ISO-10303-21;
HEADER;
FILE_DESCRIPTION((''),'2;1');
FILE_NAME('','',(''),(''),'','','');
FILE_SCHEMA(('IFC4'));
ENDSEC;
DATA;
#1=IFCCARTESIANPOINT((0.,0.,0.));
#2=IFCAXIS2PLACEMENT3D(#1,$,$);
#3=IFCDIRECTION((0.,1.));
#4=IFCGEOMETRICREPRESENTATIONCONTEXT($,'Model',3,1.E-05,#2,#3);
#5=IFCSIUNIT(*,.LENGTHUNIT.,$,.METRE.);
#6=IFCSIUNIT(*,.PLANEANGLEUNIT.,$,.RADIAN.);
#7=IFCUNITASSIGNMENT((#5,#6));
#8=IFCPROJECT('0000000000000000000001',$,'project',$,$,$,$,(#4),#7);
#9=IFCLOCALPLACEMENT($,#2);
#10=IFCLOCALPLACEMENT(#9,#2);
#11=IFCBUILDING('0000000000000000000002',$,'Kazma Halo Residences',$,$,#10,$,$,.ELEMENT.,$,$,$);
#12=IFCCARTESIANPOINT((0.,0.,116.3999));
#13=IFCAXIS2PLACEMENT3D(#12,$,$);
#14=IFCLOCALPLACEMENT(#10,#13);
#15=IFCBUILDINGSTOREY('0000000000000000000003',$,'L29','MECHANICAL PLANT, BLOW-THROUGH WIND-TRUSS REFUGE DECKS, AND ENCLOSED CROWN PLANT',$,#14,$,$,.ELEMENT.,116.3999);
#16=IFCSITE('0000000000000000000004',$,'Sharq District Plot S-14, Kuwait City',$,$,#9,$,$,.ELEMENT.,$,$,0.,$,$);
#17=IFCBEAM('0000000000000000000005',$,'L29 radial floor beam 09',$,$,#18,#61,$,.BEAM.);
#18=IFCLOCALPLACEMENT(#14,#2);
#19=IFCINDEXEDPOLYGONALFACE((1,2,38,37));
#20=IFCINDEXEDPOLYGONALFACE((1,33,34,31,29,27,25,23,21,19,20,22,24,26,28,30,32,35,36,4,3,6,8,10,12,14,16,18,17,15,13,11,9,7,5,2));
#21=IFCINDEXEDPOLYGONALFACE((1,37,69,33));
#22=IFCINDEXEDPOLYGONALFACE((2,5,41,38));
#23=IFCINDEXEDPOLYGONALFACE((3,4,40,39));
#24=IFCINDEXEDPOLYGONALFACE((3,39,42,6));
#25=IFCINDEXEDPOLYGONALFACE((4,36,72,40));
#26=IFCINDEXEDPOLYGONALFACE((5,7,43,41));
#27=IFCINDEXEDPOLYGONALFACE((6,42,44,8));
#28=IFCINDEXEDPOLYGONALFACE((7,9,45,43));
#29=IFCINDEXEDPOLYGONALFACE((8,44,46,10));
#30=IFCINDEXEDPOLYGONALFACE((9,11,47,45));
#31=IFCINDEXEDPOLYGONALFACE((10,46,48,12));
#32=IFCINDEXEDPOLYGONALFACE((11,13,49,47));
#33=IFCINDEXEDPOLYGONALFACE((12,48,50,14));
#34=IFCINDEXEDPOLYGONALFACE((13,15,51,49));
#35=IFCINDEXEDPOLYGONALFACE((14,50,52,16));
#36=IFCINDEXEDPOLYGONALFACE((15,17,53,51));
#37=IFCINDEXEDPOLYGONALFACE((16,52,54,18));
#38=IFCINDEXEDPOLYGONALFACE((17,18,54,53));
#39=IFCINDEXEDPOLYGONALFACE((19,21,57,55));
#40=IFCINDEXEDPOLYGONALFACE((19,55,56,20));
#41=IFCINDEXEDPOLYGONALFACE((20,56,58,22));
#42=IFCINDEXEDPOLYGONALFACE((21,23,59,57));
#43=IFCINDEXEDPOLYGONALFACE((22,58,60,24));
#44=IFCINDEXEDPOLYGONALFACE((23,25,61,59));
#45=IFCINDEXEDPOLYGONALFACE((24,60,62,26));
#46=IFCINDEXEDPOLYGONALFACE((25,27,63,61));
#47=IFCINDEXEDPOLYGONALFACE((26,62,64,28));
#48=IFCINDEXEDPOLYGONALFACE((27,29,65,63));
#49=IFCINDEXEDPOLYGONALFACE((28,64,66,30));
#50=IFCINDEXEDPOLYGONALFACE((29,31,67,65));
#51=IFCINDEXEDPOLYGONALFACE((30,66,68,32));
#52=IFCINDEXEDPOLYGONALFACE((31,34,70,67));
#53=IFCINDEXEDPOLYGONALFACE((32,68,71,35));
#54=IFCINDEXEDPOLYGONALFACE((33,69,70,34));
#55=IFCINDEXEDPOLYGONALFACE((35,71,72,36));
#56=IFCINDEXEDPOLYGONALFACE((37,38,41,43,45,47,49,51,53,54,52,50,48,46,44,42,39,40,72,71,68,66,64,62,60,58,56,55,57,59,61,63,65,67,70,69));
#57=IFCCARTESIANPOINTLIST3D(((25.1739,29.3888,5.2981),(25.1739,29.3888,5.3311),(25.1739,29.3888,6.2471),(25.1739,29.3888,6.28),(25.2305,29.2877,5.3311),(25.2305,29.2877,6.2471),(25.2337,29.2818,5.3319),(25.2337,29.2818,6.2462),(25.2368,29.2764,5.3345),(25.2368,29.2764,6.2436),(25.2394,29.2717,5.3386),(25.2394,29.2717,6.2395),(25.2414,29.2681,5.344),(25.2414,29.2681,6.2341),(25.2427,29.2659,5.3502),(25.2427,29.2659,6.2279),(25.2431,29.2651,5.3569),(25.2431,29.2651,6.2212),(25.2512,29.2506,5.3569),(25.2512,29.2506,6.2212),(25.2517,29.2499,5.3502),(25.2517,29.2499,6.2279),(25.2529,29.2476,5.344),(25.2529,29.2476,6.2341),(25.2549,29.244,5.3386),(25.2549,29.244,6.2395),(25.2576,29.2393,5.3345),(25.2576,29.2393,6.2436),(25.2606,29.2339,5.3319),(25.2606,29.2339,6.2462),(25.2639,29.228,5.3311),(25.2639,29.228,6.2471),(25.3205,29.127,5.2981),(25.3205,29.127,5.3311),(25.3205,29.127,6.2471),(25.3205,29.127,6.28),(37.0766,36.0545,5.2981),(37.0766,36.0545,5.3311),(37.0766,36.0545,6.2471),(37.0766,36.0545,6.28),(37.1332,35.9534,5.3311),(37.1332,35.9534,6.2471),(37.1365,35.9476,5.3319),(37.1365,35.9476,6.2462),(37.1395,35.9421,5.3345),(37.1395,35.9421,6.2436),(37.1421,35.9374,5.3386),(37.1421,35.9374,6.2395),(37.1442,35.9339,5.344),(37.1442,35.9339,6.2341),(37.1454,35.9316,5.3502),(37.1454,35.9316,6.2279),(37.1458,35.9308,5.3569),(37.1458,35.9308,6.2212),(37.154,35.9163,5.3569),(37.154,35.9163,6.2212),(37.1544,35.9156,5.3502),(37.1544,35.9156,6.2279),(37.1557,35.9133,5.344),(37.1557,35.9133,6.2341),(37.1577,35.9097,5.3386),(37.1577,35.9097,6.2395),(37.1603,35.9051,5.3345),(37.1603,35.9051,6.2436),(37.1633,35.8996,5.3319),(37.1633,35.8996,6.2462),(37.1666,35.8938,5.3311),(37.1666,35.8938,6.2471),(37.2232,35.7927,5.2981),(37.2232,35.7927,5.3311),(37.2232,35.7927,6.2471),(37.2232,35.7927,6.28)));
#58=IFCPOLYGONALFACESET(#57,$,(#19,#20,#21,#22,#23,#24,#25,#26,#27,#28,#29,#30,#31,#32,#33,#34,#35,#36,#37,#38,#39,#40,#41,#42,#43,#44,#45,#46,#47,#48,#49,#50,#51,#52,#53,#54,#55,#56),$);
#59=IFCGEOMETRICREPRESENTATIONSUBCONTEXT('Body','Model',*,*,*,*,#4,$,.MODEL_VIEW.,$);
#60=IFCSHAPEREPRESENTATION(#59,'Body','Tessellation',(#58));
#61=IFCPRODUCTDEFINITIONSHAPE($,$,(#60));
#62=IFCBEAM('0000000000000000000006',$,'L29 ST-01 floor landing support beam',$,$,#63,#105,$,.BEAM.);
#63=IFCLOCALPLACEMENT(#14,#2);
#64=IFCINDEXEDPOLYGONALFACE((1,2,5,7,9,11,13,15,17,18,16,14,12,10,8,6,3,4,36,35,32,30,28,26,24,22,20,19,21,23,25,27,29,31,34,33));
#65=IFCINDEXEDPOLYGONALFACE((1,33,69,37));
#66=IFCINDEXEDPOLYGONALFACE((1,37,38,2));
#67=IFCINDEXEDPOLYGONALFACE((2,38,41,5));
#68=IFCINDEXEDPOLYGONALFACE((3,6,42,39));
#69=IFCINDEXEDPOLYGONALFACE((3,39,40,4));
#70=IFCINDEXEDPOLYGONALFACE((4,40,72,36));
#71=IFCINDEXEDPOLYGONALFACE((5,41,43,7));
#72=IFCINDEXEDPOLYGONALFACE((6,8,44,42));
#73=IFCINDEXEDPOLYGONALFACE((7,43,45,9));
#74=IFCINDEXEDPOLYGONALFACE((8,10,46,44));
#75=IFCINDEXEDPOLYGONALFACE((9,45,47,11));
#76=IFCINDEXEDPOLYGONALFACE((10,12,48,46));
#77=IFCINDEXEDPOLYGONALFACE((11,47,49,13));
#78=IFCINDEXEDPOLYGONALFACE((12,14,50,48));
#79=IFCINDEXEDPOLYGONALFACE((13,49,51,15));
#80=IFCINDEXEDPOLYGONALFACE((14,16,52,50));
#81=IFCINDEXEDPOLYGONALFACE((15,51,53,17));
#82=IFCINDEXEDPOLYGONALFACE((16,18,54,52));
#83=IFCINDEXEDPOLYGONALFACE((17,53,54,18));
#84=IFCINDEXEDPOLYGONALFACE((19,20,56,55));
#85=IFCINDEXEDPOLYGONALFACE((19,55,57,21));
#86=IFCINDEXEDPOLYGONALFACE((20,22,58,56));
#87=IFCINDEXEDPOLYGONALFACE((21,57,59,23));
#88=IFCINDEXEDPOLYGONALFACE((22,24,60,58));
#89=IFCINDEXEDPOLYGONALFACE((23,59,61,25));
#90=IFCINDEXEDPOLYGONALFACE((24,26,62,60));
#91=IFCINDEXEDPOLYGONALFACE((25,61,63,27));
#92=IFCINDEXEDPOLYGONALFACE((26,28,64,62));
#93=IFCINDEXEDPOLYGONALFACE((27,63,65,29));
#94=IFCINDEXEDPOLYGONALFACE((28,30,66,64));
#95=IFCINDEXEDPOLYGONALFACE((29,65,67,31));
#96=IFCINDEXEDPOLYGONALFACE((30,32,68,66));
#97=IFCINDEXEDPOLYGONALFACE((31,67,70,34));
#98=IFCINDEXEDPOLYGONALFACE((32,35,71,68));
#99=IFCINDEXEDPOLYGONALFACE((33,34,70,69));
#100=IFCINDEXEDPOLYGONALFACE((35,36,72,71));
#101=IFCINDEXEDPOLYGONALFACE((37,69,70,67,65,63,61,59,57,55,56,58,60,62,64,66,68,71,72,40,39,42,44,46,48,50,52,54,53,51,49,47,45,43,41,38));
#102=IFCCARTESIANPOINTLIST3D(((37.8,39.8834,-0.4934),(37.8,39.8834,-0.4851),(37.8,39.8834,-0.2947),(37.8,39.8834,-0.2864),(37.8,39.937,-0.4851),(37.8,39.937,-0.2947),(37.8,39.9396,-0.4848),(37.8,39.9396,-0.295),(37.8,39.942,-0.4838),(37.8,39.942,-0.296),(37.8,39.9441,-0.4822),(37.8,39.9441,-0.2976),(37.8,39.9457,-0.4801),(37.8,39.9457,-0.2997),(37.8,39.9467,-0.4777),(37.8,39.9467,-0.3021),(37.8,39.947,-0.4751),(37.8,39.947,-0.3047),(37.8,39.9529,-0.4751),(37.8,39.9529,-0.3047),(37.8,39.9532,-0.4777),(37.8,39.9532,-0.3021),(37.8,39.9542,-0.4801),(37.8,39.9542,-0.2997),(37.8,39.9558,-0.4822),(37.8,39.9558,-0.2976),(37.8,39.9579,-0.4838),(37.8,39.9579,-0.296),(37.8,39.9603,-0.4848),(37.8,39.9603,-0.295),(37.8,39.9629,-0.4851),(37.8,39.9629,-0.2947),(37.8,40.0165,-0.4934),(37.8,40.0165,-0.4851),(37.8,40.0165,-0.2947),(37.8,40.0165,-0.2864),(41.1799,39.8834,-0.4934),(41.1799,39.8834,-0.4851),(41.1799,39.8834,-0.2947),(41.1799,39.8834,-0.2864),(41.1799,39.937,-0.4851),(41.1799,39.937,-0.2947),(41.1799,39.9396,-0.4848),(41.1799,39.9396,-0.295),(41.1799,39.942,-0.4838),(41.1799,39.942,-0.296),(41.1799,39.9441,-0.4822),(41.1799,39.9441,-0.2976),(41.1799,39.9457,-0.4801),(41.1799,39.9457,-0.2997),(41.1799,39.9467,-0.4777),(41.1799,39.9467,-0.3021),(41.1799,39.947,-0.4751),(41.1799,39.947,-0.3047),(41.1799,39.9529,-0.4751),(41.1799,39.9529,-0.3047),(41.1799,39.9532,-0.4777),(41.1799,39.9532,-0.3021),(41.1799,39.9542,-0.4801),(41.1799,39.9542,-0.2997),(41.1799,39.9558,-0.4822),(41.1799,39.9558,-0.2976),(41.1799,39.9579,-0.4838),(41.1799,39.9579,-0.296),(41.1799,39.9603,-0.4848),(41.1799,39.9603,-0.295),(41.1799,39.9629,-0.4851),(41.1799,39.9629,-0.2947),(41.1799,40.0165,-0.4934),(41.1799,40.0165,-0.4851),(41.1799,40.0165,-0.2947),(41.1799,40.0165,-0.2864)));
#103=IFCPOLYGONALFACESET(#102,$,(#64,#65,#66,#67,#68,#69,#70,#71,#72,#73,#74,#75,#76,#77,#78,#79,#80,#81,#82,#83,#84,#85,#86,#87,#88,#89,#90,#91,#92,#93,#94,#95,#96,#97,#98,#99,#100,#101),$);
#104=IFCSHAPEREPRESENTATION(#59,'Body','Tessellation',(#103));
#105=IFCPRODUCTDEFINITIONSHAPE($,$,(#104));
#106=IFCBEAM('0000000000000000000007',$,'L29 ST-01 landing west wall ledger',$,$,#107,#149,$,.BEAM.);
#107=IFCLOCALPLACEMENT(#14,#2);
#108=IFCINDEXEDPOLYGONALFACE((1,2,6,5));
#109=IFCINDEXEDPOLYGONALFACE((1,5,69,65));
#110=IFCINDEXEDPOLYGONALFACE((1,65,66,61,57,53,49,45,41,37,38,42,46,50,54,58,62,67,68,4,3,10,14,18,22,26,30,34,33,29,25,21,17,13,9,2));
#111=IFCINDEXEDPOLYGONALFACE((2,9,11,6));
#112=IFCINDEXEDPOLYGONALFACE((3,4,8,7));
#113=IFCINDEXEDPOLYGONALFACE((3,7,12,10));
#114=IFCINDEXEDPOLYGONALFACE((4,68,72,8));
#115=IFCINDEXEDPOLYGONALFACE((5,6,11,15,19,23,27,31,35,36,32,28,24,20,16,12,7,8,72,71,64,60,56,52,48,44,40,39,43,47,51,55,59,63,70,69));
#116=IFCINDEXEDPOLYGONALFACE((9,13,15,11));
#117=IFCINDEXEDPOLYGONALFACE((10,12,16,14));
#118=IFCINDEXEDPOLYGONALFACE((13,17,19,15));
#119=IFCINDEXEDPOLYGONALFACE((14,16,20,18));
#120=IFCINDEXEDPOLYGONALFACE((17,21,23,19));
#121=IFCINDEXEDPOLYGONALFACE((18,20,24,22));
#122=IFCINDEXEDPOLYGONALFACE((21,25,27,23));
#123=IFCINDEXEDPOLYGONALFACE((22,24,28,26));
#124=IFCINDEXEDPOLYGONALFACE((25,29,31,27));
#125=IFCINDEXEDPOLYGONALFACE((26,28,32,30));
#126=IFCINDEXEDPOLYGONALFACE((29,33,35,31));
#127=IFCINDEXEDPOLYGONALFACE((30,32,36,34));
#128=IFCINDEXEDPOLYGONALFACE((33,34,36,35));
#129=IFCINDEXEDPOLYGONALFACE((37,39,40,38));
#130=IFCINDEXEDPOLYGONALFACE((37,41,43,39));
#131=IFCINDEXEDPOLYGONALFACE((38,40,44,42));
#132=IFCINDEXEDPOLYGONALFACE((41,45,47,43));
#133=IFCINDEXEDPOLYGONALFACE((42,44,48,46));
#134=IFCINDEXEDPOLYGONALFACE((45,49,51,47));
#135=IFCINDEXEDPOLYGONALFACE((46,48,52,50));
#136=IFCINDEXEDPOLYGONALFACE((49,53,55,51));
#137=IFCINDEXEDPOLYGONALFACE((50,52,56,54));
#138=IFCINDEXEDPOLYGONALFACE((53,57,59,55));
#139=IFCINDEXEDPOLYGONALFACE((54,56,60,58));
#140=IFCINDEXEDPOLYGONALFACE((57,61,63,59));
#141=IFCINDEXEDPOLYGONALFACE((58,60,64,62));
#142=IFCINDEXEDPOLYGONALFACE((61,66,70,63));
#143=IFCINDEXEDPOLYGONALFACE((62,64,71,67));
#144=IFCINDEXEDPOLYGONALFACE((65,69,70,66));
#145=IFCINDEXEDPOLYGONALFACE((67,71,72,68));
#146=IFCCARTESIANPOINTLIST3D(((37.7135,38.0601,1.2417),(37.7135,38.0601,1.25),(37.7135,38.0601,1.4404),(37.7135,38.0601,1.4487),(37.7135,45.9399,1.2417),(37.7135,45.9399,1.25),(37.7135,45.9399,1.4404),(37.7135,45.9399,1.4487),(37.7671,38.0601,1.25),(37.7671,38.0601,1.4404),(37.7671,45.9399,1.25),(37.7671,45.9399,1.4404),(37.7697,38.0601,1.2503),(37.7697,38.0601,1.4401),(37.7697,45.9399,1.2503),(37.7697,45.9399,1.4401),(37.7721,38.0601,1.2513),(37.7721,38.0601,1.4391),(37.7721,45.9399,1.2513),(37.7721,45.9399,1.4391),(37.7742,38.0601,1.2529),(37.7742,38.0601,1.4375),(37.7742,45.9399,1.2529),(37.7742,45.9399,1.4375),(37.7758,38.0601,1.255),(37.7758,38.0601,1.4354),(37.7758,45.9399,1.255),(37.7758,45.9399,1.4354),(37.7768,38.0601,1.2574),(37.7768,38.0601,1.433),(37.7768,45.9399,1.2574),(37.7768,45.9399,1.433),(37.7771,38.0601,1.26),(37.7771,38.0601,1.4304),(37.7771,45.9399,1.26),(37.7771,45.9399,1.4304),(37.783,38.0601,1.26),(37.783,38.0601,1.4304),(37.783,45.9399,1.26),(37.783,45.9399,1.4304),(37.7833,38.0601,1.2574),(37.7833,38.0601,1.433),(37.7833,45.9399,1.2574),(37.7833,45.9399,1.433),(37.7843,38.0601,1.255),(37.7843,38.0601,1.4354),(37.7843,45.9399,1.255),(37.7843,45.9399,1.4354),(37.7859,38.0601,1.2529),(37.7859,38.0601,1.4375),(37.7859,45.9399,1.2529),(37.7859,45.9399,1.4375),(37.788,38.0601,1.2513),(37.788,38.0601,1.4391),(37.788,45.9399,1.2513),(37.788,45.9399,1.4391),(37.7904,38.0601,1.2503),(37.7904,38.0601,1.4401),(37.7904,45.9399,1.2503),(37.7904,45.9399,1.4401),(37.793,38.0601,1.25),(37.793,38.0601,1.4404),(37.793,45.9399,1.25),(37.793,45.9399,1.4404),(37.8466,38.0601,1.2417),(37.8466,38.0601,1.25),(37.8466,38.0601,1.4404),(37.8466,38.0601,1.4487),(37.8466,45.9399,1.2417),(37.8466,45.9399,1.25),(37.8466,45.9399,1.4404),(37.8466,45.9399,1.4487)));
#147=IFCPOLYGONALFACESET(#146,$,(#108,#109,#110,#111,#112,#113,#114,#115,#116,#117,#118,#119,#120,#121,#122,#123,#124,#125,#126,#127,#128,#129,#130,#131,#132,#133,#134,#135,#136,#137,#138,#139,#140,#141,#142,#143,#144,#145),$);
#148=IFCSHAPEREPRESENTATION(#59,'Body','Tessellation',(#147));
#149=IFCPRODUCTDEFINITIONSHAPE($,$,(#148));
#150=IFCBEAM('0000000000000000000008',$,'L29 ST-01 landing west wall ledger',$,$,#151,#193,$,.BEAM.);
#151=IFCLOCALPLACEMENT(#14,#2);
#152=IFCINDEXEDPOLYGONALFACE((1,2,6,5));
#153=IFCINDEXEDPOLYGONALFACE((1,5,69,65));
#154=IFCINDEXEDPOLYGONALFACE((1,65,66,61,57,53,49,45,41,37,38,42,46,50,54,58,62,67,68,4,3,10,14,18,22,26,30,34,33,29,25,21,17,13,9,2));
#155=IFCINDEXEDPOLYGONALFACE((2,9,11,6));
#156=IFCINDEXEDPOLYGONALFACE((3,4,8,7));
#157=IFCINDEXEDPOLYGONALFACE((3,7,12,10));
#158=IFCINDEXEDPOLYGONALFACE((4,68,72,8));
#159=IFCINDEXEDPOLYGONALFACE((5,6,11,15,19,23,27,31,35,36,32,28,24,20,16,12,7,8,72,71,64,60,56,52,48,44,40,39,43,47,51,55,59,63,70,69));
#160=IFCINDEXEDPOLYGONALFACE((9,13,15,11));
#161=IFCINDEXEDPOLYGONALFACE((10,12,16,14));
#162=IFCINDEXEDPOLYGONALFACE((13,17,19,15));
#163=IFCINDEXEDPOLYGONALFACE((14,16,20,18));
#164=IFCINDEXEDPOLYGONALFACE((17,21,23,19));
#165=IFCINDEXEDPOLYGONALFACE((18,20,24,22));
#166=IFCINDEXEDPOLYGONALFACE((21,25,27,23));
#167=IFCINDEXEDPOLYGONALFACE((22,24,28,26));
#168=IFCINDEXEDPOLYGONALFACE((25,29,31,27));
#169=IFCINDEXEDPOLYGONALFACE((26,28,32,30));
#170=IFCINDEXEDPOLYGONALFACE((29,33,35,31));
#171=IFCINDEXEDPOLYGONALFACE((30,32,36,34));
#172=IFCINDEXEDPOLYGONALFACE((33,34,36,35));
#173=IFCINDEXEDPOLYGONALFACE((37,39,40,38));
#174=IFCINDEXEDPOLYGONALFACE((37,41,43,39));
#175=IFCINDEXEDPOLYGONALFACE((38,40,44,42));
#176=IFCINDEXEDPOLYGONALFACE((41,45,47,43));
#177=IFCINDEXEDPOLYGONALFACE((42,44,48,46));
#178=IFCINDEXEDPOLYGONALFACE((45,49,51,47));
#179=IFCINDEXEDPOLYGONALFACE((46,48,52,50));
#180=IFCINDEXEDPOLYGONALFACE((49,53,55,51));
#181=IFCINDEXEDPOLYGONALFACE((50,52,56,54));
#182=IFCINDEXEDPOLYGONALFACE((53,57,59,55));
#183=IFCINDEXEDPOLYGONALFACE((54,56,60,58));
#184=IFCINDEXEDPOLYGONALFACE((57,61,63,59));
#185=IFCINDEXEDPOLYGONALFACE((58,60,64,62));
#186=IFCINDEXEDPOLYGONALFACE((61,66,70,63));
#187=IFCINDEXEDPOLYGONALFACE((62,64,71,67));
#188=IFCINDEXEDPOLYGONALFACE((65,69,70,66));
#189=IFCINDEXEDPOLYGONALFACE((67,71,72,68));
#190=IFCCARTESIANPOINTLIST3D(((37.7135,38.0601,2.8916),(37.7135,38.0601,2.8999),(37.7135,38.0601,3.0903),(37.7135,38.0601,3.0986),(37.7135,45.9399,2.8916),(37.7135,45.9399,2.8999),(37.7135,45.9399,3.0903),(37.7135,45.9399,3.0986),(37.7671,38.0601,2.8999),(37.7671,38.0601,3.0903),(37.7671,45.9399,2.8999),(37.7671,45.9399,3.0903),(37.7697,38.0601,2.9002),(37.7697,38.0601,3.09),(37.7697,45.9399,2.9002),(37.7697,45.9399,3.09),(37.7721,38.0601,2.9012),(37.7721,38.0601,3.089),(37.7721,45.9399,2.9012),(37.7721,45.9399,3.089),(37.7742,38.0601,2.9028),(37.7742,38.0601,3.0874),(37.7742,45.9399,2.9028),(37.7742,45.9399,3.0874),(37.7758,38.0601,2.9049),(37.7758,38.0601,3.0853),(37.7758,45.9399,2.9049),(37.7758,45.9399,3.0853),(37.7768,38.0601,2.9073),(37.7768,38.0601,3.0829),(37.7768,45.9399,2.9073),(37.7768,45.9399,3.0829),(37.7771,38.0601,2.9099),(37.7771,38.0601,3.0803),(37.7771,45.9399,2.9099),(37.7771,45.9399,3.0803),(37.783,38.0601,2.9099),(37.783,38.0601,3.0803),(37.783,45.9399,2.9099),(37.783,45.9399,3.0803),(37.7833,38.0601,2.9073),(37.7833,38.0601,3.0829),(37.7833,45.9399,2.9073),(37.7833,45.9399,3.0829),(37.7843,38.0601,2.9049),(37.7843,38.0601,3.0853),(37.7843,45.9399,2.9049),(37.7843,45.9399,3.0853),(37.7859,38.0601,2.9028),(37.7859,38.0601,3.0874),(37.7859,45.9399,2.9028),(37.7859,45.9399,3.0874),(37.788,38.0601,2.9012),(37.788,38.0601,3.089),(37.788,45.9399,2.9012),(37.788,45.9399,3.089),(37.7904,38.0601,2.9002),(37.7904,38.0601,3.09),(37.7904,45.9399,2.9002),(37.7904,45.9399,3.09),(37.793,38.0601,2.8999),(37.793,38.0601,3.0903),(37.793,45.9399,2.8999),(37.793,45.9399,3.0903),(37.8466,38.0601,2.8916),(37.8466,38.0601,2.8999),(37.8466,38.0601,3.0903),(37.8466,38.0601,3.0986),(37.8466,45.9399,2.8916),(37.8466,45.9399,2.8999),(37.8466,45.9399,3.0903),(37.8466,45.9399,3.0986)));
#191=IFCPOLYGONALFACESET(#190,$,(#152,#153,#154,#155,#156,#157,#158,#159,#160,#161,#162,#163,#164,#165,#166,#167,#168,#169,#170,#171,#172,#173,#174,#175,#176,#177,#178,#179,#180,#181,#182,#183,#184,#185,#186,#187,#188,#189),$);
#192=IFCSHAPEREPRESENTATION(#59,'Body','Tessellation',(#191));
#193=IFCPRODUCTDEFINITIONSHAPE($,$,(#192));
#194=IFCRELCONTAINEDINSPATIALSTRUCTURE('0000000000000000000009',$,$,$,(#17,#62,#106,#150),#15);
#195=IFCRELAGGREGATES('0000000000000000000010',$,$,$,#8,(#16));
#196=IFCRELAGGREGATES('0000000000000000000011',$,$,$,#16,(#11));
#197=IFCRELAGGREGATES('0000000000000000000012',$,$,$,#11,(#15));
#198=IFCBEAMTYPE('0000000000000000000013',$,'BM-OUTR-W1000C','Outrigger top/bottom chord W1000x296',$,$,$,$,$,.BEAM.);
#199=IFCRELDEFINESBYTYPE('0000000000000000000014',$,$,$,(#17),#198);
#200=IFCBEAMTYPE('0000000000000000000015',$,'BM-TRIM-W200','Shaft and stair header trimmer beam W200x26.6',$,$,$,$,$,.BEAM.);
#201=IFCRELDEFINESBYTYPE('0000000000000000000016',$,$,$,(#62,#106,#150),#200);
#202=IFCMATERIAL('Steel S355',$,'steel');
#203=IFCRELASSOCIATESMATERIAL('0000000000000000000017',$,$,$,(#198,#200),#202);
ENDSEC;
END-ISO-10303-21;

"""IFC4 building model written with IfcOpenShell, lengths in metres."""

from ifc_helpers import new_model, si_unit, direction, frame, origin, origin_2d, place, context, subcontext, project, spatial, i_section, extrude, material, material_profile, profile_set, type_object, element, save


model = new_model("IFC4")

# Units and contexts
model_context = context("Model", 3, precision=1e-05, world=origin(), true_north=direction((0.0, 1.0)))
body_context = subcontext(model_context, "Body", "Model", "MODEL_VIEW")
ifc_project = project(units=[si_unit("LENGTHUNIT", "METRE"), si_unit("PLANEANGLEUNIT", "RADIAN")], contexts=[model_context])

# Site, building, storey
site_placement = place(None, origin())
site = spatial("IfcSite", under=ifc_project, at=site_placement, Name="Sharq District Plot S-14, Kuwait City", CompositionType="ELEMENT", RefElevation=0.0)
building_placement = place(site_placement, origin())
building = spatial("IfcBuilding", under=site, at=building_placement, Name="Kazma Halo Residences", CompositionType="ELEMENT")
storey_placement = place(building_placement, frame((0.0, 0.0, 116.3999)))
storey = spatial("IfcBuildingStorey", under=building, at=storey_placement, Name="L29", Description="MECHANICAL PLANT, BLOW-THROUGH WIND-TRUSS REFUGE DECKS, AND ENCLOSED CROWN PLANT", CompositionType="ELEMENT", Elevation=116.3999)

# Beams
ifc_material_1 = material(Name="Steel S355", Category="steel")
ifc_material_profile_1 = material_profile(ifc_material_1, i_section(OverallWidth=0.3, OverallDepth=0.9819, WebThickness=0.0166, FlangeThickness=0.033, FilletRadius=0.0259, at=origin_2d()), Name="W1000x296")
ifc_profile_set_1 = profile_set([ifc_material_profile_1], Name="Steel S355")
beam_type_1 = type_object("IfcBeamType", Name="BM-OUTR-W1000C", Description="Outrigger top/bottom chord W1000x296", PredefinedType="BEAM", material=ifc_profile_set_1)
beam_1_placement = place(storey_placement, frame((37.1499, 35.9236, 5.7891), z_axis=(-0.8725, -0.488614, 0.0), x_axis=(0.488614, -0.8725, 0.0)))
element("IfcBeam", 1, at=beam_1_placement, inside=storey, type_object=beam_type_1, Name="L29 radial floor beam 09", PredefinedType="BEAM", context=body_context, shape_type="SweptSolid", body=[
    extrude(i_section(OverallWidth=0.3, OverallDepth=0.9819, WebThickness=0.0166, FlangeThickness=0.033, FilletRadius=0.0259, at=origin_2d()), origin(), (0.0, 0.0, 1.0), 13.6421),
])
ifc_material_profile_2 = material_profile(ifc_material_1, i_section(OverallWidth=0.1331, OverallDepth=0.207, WebThickness=0.0059, FlangeThickness=0.0083, FilletRadius=0.01, at=origin_2d()), Name="W200x26.6")
ifc_profile_set_2 = profile_set([ifc_material_profile_2], Name="Steel S355")
beam_type_2 = type_object("IfcBeamType", Name="BM-TRIM-W200", Description="Shaft and stair header trimmer beam W200x26.6", PredefinedType="BEAM", material=ifc_profile_set_2)
beam_2_placement = place(storey_placement, frame((37.8, 39.95, -0.3899), z_axis=(1.0, 0.0, 0.0), x_axis=(0.0, 1.0, 0.0)))
element("IfcBeam", 2, at=beam_2_placement, inside=storey, type_object=beam_type_2, Name="L29 ST-01 floor landing support beam", PredefinedType="BEAM", context=body_context, shape_type="SweptSolid", body=[
    extrude(i_section(OverallWidth=0.1331, OverallDepth=0.207, WebThickness=0.0059, FlangeThickness=0.0083, FilletRadius=0.01, at=origin_2d()), origin(), (0.0, 0.0, 1.0), 3.3799),
])
for number, where, z_axis, x_axis, name in (
    (3, (37.78, 38.0601, 1.3452), (0.0, 1.0, 0.0), (-1.0, 0.0, 0.0), "L29 ST-01 landing west wall ledger"),
    (4, (37.78, 38.0601, 2.9951), (0.0, 1.0, 0.0), (-1.0, 0.0, 0.0), "L29 ST-01 landing west wall ledger"),
):
    element("IfcBeam", number, at=place(storey_placement, frame(where, z_axis=z_axis, x_axis=x_axis)), inside=storey, type_object=beam_type_2, Name=name, PredefinedType="BEAM", context=body_context, shape_type="SweptSolid", body=[
        extrude(i_section(OverallWidth=0.1331, OverallDepth=0.207, WebThickness=0.0059, FlangeThickness=0.0083, FilletRadius=0.01, at=origin_2d()), origin(), (0.0, 0.0, 1.0), 7.8799),
    ])

save(model, "model.ifc")
